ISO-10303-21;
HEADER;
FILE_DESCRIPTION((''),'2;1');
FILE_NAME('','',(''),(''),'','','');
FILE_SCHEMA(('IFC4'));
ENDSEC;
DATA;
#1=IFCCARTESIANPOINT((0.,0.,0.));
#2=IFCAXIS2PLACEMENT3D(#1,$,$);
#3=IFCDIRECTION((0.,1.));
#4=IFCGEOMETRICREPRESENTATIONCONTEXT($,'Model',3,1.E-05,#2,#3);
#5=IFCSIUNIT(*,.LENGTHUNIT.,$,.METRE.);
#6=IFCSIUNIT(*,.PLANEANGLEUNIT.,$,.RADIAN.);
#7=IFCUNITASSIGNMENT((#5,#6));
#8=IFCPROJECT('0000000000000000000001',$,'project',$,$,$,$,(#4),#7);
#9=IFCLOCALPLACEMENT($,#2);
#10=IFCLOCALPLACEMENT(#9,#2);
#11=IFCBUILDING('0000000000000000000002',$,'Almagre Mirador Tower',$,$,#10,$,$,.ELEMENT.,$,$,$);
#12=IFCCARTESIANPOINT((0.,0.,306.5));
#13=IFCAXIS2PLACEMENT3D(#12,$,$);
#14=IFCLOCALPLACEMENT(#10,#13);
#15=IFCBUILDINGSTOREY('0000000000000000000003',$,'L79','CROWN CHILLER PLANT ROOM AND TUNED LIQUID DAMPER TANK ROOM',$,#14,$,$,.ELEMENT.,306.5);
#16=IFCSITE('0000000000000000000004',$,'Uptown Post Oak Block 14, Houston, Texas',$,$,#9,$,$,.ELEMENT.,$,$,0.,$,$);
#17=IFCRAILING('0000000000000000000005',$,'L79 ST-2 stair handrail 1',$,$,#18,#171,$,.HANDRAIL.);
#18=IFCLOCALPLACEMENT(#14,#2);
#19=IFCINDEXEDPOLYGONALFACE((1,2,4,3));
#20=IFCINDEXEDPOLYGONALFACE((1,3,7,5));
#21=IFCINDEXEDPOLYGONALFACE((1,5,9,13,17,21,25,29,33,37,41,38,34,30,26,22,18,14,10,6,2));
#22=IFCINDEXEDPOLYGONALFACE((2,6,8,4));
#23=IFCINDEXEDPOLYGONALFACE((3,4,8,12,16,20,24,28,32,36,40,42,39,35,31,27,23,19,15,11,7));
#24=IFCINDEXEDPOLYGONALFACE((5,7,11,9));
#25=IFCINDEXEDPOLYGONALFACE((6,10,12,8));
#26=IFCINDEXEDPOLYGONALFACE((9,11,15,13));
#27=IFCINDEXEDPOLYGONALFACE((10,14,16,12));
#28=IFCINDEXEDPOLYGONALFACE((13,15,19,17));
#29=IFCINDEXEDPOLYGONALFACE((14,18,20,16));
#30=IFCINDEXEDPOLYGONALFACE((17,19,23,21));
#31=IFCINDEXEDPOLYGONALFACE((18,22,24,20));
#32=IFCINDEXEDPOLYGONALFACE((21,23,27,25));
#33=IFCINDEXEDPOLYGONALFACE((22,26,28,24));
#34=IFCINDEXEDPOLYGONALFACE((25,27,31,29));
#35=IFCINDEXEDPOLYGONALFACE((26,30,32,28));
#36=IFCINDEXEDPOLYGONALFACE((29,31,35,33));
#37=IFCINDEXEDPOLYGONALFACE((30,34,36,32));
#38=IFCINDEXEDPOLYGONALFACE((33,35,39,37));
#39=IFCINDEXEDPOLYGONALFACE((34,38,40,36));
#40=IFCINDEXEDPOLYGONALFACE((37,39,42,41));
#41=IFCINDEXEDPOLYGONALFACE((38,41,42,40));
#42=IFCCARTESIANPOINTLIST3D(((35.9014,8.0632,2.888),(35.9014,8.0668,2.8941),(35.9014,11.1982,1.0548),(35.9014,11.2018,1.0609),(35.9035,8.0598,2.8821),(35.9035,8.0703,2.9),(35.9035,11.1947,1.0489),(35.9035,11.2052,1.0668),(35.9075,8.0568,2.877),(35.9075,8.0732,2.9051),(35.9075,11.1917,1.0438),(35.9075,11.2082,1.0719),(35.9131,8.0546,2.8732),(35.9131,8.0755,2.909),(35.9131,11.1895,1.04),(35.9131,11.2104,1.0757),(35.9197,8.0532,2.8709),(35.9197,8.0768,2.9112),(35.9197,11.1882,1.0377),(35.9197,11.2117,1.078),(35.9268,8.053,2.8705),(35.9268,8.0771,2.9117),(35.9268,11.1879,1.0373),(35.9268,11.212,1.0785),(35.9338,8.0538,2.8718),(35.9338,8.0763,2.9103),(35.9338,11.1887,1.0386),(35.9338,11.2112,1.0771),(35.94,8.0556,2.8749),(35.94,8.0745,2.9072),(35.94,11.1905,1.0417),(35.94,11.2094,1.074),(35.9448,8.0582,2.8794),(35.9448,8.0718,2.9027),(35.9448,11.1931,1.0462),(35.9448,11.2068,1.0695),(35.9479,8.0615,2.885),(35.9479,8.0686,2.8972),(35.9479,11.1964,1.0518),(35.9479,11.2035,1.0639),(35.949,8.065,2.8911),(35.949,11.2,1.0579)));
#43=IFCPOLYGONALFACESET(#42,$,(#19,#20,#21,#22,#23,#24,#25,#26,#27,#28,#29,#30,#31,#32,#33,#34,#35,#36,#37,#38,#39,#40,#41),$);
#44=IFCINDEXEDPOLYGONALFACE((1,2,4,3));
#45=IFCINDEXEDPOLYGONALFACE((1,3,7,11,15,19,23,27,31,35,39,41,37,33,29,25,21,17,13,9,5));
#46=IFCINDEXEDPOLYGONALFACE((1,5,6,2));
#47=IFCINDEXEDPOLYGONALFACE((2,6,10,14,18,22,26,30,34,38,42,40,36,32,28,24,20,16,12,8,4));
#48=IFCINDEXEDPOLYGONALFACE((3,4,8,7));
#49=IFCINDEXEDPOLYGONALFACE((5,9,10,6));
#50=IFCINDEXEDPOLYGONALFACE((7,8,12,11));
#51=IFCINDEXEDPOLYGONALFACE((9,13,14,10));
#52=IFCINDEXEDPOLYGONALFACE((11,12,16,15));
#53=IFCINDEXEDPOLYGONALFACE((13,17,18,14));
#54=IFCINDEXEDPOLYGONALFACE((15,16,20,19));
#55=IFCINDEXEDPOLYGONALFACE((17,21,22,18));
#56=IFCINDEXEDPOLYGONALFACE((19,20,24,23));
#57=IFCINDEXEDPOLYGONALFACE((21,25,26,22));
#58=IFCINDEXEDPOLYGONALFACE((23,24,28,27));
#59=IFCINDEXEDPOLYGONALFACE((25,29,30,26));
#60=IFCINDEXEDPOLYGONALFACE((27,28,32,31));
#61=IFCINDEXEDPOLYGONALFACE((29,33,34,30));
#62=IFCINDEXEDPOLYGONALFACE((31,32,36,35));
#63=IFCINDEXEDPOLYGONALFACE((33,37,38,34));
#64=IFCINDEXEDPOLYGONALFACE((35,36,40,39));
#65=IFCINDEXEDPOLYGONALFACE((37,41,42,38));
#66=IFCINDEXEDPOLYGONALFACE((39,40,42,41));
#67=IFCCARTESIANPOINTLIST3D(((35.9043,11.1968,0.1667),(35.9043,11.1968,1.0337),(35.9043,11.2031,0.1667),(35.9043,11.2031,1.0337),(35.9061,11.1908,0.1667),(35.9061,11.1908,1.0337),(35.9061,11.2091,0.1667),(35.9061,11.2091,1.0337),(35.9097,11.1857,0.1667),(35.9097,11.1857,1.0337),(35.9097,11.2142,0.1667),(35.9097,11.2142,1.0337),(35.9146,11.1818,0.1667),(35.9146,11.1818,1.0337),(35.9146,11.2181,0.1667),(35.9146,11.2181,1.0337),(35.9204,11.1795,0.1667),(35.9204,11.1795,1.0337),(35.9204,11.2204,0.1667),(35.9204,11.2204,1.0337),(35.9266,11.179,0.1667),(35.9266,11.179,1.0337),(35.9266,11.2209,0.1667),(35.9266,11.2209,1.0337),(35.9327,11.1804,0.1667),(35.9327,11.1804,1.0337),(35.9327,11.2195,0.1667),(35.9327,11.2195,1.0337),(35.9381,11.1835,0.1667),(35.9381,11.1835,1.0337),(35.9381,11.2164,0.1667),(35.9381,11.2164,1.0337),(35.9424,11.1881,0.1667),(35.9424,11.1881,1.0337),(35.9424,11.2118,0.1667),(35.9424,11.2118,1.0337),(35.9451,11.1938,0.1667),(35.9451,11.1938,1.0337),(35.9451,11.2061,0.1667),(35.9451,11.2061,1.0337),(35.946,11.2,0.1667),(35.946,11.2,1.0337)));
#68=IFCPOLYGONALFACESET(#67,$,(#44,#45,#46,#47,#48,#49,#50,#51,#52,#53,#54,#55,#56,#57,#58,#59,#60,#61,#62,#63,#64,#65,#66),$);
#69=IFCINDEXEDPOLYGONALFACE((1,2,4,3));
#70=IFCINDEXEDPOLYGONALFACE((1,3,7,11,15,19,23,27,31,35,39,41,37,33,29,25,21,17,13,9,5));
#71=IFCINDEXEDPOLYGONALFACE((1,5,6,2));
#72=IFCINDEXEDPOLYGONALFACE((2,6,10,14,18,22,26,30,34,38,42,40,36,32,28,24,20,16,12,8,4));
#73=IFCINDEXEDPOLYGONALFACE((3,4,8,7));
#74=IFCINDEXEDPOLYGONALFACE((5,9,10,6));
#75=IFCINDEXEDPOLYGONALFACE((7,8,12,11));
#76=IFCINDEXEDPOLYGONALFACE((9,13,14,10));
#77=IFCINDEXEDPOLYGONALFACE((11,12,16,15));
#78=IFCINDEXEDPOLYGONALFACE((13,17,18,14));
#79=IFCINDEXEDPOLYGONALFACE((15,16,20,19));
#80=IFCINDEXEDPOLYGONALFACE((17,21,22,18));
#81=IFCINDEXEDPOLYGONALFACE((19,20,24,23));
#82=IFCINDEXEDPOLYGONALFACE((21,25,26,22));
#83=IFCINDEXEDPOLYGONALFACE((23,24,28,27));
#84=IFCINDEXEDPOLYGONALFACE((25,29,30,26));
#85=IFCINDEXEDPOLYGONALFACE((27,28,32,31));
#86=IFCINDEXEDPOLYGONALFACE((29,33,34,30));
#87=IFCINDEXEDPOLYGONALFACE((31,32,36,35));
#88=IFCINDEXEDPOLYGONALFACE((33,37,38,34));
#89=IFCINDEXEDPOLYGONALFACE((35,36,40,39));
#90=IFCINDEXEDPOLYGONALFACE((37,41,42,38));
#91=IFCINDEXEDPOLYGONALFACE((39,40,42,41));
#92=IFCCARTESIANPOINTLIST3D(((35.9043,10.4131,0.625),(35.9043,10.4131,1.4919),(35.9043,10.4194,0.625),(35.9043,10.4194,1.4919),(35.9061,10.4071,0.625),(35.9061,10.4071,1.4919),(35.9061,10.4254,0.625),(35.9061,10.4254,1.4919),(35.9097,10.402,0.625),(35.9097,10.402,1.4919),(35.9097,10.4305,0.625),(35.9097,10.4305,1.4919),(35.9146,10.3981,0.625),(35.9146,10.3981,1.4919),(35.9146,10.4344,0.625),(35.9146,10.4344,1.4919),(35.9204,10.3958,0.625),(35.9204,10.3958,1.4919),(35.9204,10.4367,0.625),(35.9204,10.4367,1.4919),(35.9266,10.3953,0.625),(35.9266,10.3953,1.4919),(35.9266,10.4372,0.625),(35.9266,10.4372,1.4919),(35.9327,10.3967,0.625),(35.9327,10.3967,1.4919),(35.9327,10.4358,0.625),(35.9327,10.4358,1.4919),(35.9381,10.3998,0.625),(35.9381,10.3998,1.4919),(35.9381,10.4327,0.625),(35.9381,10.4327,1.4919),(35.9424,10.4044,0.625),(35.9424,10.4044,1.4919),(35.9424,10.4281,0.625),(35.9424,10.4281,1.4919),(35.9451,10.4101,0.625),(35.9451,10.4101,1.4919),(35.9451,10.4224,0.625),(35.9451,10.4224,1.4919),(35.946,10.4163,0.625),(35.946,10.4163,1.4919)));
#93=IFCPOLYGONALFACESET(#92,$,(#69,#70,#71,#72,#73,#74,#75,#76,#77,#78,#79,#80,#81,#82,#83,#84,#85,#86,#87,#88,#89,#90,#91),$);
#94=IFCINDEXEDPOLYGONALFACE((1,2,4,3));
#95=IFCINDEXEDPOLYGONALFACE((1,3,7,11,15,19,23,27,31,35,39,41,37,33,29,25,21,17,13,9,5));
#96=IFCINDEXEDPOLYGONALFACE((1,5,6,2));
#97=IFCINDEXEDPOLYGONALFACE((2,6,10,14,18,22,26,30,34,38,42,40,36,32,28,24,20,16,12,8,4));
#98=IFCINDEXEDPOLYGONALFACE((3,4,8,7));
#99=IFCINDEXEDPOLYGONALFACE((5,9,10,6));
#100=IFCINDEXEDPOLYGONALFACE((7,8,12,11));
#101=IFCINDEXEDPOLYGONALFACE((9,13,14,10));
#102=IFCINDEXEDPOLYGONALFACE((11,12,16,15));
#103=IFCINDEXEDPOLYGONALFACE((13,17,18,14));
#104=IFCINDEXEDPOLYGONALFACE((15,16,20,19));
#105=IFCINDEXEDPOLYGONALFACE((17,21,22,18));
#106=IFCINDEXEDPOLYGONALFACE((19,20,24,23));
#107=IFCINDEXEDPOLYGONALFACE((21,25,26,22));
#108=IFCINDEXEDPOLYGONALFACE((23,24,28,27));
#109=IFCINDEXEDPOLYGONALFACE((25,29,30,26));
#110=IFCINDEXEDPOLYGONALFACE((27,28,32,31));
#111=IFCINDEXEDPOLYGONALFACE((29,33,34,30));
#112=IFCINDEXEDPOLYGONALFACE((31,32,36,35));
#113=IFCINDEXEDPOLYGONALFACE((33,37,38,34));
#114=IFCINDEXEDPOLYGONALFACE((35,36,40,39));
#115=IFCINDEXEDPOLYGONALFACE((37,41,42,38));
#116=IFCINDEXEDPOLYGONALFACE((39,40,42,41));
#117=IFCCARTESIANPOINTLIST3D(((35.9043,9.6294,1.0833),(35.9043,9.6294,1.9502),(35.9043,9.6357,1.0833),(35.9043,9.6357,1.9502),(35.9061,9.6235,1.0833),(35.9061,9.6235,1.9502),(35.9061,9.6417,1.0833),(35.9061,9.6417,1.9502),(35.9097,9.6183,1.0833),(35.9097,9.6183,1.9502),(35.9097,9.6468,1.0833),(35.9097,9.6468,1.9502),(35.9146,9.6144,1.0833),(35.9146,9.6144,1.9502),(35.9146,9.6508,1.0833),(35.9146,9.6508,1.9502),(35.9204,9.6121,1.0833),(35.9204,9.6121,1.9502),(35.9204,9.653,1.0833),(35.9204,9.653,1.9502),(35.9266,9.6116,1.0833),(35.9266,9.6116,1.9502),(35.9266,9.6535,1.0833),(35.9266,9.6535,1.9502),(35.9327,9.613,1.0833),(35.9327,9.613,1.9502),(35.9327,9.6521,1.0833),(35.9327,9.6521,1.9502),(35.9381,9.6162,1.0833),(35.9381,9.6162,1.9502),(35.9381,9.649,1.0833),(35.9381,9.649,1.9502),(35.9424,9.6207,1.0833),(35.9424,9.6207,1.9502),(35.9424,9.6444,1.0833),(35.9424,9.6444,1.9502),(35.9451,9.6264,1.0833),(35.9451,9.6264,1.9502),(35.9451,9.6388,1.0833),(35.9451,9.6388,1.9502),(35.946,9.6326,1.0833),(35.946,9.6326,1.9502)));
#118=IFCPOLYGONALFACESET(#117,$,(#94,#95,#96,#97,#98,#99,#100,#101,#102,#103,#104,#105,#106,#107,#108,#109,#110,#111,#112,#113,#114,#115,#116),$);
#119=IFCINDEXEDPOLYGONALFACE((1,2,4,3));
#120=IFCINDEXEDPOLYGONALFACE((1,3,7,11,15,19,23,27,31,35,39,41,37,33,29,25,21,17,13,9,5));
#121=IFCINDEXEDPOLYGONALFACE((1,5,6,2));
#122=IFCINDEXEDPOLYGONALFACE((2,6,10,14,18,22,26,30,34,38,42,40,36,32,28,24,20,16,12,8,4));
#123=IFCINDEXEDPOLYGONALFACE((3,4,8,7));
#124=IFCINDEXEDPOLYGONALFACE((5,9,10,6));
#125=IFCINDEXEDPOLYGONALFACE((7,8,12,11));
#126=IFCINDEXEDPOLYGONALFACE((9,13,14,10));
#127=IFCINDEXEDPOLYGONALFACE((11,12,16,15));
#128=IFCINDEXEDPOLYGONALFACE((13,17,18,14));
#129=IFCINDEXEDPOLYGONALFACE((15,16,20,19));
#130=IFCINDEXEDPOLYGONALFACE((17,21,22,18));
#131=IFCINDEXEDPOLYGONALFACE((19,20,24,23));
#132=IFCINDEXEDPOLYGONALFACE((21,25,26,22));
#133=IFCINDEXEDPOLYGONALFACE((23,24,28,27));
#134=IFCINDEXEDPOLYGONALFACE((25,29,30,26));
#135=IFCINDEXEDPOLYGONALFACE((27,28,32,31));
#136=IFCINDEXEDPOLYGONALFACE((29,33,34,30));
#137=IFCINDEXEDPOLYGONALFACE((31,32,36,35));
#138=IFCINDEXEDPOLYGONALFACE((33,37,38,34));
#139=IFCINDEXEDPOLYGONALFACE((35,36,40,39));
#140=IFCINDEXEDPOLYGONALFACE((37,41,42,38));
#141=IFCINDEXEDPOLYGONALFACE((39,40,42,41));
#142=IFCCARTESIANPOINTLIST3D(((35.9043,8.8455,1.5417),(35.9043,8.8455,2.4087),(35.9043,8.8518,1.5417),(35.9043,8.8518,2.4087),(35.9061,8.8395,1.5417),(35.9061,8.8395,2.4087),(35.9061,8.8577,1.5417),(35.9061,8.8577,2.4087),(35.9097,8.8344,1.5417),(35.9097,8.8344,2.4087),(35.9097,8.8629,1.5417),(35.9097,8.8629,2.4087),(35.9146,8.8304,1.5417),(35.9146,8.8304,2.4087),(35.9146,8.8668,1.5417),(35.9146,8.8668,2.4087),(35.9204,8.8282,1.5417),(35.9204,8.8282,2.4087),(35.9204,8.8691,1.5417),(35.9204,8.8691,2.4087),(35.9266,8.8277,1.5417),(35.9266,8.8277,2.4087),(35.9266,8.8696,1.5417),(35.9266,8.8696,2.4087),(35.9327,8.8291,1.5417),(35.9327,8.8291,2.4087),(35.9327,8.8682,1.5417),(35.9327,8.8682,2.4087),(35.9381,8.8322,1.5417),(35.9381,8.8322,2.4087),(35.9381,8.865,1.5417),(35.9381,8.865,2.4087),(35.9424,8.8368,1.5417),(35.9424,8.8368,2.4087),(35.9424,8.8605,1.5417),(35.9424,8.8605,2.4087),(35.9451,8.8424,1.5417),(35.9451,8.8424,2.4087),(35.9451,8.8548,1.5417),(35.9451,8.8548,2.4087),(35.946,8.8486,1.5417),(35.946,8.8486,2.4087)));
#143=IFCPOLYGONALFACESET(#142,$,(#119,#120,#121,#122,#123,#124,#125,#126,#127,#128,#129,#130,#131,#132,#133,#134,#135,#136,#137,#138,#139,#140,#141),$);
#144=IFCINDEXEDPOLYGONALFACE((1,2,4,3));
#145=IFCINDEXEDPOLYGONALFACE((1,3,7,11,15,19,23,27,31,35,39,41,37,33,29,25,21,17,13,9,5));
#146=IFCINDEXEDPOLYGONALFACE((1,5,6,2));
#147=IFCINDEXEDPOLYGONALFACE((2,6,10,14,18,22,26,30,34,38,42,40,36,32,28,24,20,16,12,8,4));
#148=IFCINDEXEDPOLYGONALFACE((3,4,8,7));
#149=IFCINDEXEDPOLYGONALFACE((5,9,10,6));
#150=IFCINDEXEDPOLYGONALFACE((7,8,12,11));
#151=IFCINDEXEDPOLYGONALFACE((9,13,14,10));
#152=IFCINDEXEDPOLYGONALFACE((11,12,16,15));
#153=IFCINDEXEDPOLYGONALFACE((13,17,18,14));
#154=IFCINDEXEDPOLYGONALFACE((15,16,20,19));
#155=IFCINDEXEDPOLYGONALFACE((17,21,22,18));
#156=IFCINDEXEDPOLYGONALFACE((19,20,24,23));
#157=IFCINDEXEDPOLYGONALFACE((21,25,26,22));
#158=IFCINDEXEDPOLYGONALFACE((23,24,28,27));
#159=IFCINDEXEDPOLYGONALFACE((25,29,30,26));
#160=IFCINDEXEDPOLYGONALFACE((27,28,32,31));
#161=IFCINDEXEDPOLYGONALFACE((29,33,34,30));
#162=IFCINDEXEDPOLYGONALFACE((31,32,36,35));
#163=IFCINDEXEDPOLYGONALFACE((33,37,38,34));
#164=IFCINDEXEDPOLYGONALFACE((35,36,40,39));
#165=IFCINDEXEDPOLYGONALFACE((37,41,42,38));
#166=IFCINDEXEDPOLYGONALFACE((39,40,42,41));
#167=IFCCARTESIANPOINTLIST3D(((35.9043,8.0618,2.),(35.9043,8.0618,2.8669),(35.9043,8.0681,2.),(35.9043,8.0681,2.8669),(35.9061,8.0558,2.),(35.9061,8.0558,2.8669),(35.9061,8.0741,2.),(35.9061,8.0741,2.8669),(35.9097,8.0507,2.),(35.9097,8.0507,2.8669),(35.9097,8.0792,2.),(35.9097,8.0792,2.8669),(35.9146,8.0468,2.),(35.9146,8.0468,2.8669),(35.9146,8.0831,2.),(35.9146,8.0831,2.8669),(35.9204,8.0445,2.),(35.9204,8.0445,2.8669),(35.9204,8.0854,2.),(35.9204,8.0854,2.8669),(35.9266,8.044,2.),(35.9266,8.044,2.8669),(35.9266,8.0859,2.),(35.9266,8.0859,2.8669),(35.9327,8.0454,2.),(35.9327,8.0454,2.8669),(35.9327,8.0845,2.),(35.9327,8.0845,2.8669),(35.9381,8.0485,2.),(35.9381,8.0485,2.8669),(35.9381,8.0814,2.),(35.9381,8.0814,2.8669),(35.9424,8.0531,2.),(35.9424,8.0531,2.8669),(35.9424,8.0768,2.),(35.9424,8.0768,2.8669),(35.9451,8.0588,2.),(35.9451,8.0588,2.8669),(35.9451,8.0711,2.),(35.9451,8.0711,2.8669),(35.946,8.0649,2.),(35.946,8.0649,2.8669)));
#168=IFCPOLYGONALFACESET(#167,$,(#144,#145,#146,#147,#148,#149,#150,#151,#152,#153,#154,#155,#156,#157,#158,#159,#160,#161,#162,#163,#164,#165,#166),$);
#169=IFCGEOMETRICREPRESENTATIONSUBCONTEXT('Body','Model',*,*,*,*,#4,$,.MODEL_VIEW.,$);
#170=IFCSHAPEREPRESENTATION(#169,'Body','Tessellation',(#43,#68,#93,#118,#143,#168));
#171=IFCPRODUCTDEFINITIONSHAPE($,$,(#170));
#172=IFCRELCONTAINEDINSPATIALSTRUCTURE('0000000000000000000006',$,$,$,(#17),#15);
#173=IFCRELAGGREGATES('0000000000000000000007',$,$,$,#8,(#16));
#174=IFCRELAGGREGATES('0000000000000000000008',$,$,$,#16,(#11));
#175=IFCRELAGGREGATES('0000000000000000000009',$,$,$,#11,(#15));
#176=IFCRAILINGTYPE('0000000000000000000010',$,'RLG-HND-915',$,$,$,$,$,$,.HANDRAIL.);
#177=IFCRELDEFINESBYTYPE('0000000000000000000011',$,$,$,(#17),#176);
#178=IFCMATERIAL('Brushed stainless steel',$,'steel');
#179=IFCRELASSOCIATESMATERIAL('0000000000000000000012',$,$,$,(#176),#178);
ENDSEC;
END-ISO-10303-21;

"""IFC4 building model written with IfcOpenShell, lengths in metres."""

from ifc_helpers import new_model, si_unit, direction, frame, origin, origin_2d, place, context, subcontext, project, spatial, circle, extrude, material, type_object, element, save


model = new_model("IFC4")

# Units and contexts
model_context = context("Model", 3, precision=1e-05, world=origin(), true_north=direction((0.0, 1.0)))
body_context = subcontext(model_context, "Body", "Model", "MODEL_VIEW")
ifc_project = project(units=[si_unit("LENGTHUNIT", "METRE"), si_unit("PLANEANGLEUNIT", "RADIAN")], contexts=[model_context])

# Site, building, storey
site_placement = place(None, origin())
site = spatial("IfcSite", under=ifc_project, at=site_placement, Name="Uptown Post Oak Block 14, Houston, Texas", CompositionType="ELEMENT", RefElevation=0.0)
building_placement = place(site_placement, origin())
building = spatial("IfcBuilding", under=site, at=building_placement, Name="Almagre Mirador Tower", CompositionType="ELEMENT")
storey_placement = place(building_placement, frame((0.0, 0.0, 306.5)))
storey = spatial("IfcBuildingStorey", under=building, at=storey_placement, Name="L79", Description="CROWN CHILLER PLANT ROOM AND TUNED LIQUID DAMPER TANK ROOM", CompositionType="ELEMENT", Elevation=306.5)

# Railing
ifc_material_1 = material(Name="Brushed stainless steel", Category="steel")
railing_type_1 = type_object("IfcRailingType", Name="RLG-HND-915", PredefinedType="HANDRAIL", material=ifc_material_1)
railing_1_placement = place(storey_placement, frame((35.925, 11.2, 0.1667)))
element("IfcRailing", 1, at=railing_1_placement, inside=storey, type_object=railing_type_1, Name="L79 ST-2 stair handrail 1", PredefinedType="HANDRAIL", context=body_context, shape_type="SweptSolid", body=[
    extrude(circle(Radius=0.0239, at=origin_2d()), frame((0.0, 0.0, 0.8911), z_axis=(0.0, -0.86324, 0.504794), x_axis=(1.0, 0.0, 0.0)), (0.0, 0.0, 1.0), 3.6316),
    extrude(circle(Radius=0.021, at=origin_2d()), origin(), (0.0, 0.0, 1.0), 0.8669),
    extrude(circle(Radius=0.021, at=origin_2d()), frame((0.0, -0.7837, 0.4583)), (0.0, 0.0, 1.0), 0.8669),
    extrude(circle(Radius=0.021, at=origin_2d()), frame((0.0, -1.5674, 0.9165)), (0.0, 0.0, 1.0), 0.8669),
    extrude(circle(Radius=0.021, at=origin_2d()), frame((0.0, -2.3513, 1.375)), (0.0, 0.0, 1.0), 0.8669),
    extrude(circle(Radius=0.021, at=origin_2d()), frame((0.0, -3.135, 1.8333)), (0.0, 0.0, 1.0), 0.8669),
])

save(model, "model.ifc")
